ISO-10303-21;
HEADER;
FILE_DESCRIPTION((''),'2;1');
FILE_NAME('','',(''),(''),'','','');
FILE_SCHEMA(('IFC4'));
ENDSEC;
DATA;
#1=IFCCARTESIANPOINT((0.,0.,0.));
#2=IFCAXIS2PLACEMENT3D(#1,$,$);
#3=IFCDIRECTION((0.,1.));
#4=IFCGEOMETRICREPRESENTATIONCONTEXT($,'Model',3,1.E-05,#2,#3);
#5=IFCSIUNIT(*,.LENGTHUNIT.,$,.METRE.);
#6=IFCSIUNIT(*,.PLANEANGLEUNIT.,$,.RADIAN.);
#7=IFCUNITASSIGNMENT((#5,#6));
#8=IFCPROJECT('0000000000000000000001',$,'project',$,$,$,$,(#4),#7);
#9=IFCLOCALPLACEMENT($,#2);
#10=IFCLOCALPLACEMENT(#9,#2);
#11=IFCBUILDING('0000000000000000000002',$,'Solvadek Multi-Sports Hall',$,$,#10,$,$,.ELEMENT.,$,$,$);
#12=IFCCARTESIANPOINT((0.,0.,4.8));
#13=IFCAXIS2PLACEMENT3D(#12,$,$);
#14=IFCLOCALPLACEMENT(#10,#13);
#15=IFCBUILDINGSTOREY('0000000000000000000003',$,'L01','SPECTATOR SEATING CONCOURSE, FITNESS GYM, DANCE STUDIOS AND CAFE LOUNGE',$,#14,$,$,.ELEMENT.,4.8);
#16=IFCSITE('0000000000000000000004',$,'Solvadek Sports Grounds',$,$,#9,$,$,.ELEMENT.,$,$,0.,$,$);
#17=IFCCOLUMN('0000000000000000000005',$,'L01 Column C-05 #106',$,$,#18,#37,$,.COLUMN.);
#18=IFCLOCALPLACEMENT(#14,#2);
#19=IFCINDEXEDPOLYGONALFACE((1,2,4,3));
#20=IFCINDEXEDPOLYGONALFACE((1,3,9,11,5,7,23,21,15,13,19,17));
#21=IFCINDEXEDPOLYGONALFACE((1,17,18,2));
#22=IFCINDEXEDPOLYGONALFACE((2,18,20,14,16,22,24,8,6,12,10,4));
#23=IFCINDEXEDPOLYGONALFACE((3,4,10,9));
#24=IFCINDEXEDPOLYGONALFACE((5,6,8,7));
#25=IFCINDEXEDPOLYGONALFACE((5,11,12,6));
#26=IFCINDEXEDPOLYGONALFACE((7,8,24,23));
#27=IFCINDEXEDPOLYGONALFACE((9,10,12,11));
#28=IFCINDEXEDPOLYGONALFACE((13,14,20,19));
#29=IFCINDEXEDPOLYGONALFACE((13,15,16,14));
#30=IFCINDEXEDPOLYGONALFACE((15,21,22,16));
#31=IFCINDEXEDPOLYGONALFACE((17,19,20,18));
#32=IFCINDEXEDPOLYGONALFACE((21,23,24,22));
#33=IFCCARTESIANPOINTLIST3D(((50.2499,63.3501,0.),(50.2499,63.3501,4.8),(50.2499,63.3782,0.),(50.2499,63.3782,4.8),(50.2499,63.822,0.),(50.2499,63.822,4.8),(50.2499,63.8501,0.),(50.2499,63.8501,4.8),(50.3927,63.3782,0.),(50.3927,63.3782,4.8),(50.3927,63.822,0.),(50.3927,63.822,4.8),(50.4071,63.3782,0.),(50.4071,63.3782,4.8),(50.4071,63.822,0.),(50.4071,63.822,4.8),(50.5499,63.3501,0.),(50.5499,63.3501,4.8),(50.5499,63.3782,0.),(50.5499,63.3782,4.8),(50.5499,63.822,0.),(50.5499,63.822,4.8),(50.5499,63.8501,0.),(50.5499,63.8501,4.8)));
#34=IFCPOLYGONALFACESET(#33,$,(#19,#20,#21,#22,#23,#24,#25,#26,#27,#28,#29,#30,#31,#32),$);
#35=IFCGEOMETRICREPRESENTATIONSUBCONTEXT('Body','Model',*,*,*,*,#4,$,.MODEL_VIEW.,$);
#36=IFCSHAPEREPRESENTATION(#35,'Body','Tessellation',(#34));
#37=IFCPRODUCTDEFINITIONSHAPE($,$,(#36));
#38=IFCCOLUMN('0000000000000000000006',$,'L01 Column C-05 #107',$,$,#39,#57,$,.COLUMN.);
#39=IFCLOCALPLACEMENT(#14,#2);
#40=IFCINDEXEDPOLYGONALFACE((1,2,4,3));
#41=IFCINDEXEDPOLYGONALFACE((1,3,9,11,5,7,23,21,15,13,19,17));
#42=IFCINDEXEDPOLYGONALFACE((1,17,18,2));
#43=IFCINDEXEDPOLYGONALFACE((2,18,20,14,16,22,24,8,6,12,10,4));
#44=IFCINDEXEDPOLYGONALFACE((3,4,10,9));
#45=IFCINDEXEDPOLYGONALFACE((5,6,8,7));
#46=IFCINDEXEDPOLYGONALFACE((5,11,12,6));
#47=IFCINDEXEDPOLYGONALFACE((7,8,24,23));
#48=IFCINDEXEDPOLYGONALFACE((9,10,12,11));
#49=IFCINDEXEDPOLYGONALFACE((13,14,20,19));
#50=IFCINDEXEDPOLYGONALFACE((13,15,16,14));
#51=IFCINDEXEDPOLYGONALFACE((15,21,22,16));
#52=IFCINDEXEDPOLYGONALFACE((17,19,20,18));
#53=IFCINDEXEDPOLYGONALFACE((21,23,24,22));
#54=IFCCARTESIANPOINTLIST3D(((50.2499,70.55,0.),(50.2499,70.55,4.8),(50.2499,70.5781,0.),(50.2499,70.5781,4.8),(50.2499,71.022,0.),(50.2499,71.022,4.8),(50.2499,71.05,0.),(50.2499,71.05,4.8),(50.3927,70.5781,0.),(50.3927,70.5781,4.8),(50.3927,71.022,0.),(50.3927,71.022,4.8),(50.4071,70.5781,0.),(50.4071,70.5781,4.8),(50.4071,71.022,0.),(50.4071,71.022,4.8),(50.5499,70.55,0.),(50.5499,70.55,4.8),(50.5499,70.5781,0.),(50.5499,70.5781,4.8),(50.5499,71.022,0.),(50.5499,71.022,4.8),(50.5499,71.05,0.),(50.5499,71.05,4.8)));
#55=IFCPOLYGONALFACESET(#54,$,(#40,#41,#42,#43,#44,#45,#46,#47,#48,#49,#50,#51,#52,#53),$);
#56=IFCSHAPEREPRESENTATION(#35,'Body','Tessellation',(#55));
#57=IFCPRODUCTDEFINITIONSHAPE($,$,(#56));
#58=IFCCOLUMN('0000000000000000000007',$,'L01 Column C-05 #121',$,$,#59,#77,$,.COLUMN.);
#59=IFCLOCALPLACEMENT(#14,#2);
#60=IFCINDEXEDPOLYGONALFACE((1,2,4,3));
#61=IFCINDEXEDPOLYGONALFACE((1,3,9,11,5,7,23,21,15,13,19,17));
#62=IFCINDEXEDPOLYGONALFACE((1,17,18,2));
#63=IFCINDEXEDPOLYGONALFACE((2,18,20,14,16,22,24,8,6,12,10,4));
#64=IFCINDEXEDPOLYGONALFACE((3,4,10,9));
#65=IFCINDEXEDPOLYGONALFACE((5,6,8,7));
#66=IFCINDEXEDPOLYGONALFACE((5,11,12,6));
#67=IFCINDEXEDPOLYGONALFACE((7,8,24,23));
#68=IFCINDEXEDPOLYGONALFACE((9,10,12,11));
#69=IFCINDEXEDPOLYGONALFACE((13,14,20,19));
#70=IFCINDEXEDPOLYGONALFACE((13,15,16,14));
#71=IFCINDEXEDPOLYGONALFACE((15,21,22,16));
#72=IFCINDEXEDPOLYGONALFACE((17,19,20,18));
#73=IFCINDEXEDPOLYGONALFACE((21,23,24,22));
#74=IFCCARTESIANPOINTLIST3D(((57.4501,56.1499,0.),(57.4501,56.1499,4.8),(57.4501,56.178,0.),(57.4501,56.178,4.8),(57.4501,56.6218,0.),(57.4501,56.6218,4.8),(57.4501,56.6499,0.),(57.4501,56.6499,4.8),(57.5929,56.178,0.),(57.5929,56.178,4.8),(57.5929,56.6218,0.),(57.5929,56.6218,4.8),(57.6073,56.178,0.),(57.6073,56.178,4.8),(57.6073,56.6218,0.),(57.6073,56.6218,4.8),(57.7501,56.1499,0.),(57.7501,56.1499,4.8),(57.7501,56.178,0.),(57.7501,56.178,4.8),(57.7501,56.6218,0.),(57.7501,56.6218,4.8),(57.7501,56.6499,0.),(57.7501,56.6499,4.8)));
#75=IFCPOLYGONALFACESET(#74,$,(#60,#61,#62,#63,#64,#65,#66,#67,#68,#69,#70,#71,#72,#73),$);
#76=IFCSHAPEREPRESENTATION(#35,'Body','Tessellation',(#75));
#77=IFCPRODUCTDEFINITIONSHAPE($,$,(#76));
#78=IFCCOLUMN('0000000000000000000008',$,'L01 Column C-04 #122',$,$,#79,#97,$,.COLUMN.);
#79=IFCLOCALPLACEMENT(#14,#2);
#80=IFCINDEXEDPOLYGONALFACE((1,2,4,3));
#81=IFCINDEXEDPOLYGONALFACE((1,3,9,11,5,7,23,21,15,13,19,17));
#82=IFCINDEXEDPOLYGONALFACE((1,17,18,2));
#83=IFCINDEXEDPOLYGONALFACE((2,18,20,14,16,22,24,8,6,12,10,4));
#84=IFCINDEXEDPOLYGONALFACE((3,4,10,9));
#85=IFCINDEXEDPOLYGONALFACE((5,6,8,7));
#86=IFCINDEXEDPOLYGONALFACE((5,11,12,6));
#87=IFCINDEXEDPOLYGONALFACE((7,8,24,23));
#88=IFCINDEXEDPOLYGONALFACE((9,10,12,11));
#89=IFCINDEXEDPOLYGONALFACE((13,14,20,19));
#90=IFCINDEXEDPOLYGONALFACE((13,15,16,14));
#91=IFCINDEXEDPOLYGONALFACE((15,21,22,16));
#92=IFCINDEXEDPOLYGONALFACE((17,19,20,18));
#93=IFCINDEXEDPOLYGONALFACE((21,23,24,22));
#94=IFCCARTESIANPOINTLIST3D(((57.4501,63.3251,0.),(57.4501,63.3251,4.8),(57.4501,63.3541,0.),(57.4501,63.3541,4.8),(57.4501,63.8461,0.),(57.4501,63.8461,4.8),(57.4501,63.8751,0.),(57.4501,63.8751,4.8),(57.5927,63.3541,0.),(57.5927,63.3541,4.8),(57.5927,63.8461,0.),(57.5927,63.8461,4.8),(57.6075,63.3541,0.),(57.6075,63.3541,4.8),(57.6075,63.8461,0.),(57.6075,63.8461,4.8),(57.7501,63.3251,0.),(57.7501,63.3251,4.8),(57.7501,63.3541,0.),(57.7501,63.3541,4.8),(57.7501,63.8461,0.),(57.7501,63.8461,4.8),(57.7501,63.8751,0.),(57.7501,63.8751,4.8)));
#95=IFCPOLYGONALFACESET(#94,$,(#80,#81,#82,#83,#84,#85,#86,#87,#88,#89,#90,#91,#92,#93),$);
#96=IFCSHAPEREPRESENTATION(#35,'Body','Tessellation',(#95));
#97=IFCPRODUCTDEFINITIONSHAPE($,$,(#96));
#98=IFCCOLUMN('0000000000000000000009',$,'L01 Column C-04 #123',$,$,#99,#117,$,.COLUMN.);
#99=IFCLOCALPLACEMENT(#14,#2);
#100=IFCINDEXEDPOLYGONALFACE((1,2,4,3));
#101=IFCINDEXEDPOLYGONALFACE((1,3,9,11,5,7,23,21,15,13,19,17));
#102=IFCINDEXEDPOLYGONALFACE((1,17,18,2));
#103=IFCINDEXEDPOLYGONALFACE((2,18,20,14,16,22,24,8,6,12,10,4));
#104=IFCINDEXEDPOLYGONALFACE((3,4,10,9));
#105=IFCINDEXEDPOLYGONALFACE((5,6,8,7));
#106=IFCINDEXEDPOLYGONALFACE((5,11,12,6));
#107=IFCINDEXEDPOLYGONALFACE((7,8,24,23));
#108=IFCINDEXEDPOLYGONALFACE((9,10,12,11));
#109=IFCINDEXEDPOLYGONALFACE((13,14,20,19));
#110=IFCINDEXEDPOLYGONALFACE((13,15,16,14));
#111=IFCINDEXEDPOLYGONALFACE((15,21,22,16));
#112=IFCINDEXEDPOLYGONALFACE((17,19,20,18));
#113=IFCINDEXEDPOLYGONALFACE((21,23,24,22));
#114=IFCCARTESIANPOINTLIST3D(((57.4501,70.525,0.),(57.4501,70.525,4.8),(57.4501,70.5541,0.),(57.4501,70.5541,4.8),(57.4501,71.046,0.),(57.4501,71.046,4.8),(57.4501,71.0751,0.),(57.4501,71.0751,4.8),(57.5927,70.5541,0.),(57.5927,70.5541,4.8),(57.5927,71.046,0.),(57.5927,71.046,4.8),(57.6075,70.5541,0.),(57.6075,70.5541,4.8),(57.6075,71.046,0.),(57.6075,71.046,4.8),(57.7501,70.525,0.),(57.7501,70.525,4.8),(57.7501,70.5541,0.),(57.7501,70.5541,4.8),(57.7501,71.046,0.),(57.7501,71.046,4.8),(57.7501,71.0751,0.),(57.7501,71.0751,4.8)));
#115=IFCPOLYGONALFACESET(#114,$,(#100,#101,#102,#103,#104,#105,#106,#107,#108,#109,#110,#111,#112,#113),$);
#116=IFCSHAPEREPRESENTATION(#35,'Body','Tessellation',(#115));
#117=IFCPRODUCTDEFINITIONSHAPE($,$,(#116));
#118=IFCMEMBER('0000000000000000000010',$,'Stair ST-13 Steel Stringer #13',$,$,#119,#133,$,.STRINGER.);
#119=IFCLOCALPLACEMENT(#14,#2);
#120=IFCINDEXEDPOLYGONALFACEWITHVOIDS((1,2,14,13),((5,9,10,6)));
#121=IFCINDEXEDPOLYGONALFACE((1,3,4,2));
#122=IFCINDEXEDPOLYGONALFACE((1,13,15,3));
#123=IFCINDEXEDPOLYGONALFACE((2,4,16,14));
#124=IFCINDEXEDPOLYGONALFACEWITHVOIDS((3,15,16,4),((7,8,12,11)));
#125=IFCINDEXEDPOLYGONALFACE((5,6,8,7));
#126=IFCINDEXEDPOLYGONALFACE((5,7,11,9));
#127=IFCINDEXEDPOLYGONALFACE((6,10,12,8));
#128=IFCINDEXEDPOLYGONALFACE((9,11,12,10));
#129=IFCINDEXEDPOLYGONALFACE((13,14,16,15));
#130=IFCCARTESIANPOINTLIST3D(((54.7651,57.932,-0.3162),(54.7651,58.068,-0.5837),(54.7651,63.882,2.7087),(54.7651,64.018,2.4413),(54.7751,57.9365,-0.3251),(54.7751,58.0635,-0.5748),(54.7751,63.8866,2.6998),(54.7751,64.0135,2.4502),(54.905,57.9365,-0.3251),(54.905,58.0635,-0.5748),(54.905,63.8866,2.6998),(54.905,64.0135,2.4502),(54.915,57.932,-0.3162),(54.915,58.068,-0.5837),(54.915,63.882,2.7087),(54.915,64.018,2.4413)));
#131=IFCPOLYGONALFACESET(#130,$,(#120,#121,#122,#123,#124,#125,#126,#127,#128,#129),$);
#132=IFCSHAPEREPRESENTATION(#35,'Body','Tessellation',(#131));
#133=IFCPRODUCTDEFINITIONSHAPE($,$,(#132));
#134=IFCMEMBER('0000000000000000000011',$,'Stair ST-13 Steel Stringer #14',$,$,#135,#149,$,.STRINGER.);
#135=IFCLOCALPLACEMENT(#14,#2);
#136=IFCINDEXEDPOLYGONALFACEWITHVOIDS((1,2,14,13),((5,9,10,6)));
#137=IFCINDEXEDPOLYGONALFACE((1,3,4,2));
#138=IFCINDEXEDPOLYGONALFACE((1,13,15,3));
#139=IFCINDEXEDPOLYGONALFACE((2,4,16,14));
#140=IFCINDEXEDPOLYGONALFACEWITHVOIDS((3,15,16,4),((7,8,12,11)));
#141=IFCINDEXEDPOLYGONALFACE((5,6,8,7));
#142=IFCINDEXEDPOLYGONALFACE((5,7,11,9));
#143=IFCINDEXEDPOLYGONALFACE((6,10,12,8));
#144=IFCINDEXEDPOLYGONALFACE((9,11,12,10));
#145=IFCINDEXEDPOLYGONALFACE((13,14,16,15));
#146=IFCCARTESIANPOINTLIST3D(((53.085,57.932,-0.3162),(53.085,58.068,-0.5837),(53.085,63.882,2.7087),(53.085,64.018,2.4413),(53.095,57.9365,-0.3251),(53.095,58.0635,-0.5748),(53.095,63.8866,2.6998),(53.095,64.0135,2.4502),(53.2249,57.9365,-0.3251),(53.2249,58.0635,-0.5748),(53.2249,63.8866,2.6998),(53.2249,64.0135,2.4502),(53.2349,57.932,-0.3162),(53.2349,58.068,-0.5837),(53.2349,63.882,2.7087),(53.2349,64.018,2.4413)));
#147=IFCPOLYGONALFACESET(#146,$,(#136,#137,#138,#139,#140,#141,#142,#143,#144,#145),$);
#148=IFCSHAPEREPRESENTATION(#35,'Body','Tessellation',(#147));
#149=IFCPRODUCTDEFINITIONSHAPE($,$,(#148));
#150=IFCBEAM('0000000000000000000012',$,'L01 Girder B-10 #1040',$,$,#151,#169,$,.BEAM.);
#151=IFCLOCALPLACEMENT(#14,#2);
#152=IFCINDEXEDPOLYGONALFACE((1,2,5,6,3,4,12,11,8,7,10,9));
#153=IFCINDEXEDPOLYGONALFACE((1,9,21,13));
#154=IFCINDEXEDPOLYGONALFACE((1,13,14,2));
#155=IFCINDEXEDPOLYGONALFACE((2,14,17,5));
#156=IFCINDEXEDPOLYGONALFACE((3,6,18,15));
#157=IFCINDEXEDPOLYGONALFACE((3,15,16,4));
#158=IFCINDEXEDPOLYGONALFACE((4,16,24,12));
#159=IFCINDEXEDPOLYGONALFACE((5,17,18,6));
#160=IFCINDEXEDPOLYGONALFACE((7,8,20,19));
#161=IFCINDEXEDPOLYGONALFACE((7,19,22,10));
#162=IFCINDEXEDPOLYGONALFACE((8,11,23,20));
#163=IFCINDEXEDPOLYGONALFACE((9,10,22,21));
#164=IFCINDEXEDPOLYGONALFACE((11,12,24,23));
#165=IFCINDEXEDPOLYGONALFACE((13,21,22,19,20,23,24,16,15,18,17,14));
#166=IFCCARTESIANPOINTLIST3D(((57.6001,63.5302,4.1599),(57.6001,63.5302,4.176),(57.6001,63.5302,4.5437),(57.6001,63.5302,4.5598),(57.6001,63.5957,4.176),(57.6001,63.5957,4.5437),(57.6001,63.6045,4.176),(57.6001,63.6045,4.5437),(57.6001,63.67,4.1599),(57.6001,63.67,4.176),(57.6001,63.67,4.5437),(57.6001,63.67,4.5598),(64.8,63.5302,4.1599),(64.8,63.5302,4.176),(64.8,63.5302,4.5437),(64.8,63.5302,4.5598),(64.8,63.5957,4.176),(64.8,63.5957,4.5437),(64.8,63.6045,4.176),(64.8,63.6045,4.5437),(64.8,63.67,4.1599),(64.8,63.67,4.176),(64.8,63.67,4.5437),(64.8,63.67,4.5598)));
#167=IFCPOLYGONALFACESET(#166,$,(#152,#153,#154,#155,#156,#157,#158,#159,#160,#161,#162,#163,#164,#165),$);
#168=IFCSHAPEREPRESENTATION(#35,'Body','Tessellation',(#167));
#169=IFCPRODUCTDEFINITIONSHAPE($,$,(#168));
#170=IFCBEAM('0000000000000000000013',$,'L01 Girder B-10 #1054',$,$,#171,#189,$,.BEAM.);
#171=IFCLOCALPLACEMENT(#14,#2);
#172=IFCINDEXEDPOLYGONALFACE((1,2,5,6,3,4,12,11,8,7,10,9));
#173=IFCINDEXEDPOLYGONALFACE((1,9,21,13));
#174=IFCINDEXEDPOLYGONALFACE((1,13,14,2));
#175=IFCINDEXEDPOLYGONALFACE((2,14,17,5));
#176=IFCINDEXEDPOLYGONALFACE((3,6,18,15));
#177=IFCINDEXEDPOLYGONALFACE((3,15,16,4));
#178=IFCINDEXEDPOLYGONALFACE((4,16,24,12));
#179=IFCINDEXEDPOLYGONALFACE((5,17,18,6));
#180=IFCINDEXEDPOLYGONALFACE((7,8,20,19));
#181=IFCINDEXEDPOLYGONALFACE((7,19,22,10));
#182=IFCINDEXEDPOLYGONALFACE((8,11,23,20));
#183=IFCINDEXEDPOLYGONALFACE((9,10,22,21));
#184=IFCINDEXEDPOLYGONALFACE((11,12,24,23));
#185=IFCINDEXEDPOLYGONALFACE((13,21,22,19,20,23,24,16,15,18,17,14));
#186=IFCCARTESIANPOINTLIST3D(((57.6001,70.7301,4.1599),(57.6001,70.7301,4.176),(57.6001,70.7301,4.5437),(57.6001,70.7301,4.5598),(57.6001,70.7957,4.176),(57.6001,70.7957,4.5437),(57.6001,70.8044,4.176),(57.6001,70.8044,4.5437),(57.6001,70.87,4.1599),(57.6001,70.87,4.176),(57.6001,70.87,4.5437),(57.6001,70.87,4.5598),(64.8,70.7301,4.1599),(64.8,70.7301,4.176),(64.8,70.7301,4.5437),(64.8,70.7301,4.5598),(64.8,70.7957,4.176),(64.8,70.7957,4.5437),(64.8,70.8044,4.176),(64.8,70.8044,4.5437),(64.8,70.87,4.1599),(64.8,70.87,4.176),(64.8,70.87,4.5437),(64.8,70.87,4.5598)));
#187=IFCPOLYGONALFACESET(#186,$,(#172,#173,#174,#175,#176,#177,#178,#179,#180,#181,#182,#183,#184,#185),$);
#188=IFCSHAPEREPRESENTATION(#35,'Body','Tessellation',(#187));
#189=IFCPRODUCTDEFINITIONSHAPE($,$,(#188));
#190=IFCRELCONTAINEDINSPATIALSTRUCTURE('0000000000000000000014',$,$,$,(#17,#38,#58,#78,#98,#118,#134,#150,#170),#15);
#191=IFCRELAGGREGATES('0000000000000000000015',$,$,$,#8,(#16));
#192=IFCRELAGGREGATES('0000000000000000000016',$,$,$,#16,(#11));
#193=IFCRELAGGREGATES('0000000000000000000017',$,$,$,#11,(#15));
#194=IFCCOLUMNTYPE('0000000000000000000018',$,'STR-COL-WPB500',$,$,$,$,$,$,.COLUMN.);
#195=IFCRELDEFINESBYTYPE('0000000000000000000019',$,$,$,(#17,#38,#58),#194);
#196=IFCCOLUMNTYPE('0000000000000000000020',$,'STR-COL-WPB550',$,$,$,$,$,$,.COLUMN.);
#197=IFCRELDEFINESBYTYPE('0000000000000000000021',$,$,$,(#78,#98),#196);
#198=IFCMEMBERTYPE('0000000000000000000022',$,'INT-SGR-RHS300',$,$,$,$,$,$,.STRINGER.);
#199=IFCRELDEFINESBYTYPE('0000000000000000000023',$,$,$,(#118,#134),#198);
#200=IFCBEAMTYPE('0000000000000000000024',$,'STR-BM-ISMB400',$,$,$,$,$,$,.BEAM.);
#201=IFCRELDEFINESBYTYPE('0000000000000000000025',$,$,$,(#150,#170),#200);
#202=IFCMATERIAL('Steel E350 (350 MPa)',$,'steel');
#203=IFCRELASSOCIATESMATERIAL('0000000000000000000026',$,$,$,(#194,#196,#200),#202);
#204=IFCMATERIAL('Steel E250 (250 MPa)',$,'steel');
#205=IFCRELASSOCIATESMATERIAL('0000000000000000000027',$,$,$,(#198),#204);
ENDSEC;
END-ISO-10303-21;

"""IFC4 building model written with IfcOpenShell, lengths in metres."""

from ifc_helpers import new_model, si_unit, direction, frame, origin, origin_2d, place, context, subcontext, project, spatial, hollow_rectangle, i_section, extrude, material, material_profile, profile_set, type_object, element, save


model = new_model("IFC4")

# Units and contexts
model_context = context("Model", 3, precision=1e-05, world=origin(), true_north=direction((0.0, 1.0)))
body_context = subcontext(model_context, "Body", "Model", "MODEL_VIEW")
ifc_project = project(units=[si_unit("LENGTHUNIT", "METRE"), si_unit("PLANEANGLEUNIT", "RADIAN")], contexts=[model_context])

# Site, building, storey
site_placement = place(None, origin())
site = spatial("IfcSite", under=ifc_project, at=site_placement, Name="Solvadek Sports Grounds", CompositionType="ELEMENT", RefElevation=0.0)
building_placement = place(site_placement, origin())
building = spatial("IfcBuilding", under=site, at=building_placement, Name="Solvadek Multi-Sports Hall", CompositionType="ELEMENT")
storey_placement = place(building_placement, frame((0.0, 0.0, 4.8)))
storey = spatial("IfcBuildingStorey", under=building, at=storey_placement, Name="L01", Description="SPECTATOR SEATING CONCOURSE, FITNESS GYM, DANCE STUDIOS AND CAFE LOUNGE", CompositionType="ELEMENT", Elevation=4.8)

# Columns
ifc_material_1 = material(Name="Steel E350 (350 MPa)", Category="steel")
ifc_material_profile_1 = material_profile(ifc_material_1, i_section(OverallWidth=0.3, OverallDepth=0.5, WebThickness=0.0144, FlangeThickness=0.0281, at=origin_2d()), Name="WPB 500")
ifc_profile_set_1 = profile_set([ifc_material_profile_1], Name="Steel E350 (350 MPa)")
column_type_1 = type_object("IfcColumnType", Name="STR-COL-WPB500", PredefinedType="COLUMN", material=ifc_profile_set_1)
for number, where, z_axis, x_axis, name in (
    (1, (50.3999, 63.6001, 0.0), (0.0, 0.0, 1.0), (1.0, 0.0, 0.0), "L01 Column C-05 #106"),
    (2, (50.3999, 70.8, 0.0), (0.0, 0.0, 1.0), (1.0, 0.0, 0.0), "L01 Column C-05 #107"),
    (3, (57.6001, 56.3999, 0.0), (0.0, 0.0, 1.0), (1.0, 0.0, 0.0), "L01 Column C-05 #121"),
):
    element("IfcColumn", number, at=place(storey_placement, frame(where, z_axis=z_axis, x_axis=x_axis)), inside=storey, type_object=column_type_1, Name=name, PredefinedType="COLUMN", context=body_context, shape_type="SweptSolid", body=[
        extrude(i_section(OverallWidth=0.3, OverallDepth=0.5, WebThickness=0.0144, FlangeThickness=0.0281, at=origin_2d()), origin(), (0.0, 0.0, 1.0), 4.8),
    ])
ifc_material_profile_2 = material_profile(ifc_material_1, i_section(OverallWidth=0.3, OverallDepth=0.55, WebThickness=0.0149, FlangeThickness=0.0291, at=origin_2d()), Name="WPB 550")
ifc_profile_set_2 = profile_set([ifc_material_profile_2], Name="Steel E350 (350 MPa)")
column_type_2 = type_object("IfcColumnType", Name="STR-COL-WPB550", PredefinedType="COLUMN", material=ifc_profile_set_2)
for number, where, z_axis, x_axis, name in (
    (4, (57.6001, 63.6001, 0.0), (0.0, 0.0, 1.0), (1.0, 0.0, 0.0), "L01 Column C-04 #122"),
    (5, (57.6001, 70.8, 0.0), (0.0, 0.0, 1.0), (1.0, 0.0, 0.0), "L01 Column C-04 #123"),
):
    element("IfcColumn", number, at=place(storey_placement, frame(where, z_axis=z_axis, x_axis=x_axis)), inside=storey, type_object=column_type_2, Name=name, PredefinedType="COLUMN", context=body_context, shape_type="SweptSolid", body=[
        extrude(i_section(OverallWidth=0.3, OverallDepth=0.55, WebThickness=0.0149, FlangeThickness=0.0291, at=origin_2d()), origin(), (0.0, 0.0, 1.0), 4.8),
    ])

# Members
ifc_material_2 = material(Name="Steel E250 (250 MPa)", Category="steel")
ifc_material_profile_3 = material_profile(ifc_material_2, hollow_rectangle(XDim=0.1499, YDim=0.3, WallThickness=0.01, at=origin_2d()), Name="RHS 300x150x10")
ifc_profile_set_3 = profile_set([ifc_material_profile_3], Name="Steel E250 (250 MPa)")
member_type = type_object("IfcMemberType", Name="INT-SGR-RHS300", PredefinedType="STRINGER", material=ifc_profile_set_3)
for number, where, z_axis, x_axis, name in (
    (6, (54.8401, 58.0, -0.45), (0.0, 0.891415, 0.453188), (-1.0, 0.0, 0.0), "Stair ST-13 Steel Stringer #13"),
    (7, (53.1599, 58.0, -0.45), (0.0, 0.891415, 0.453188), (-1.0, 0.0, 0.0), "Stair ST-13 Steel Stringer #14"),
):
    element("IfcMember", number, at=place(storey_placement, frame(where, z_axis=z_axis, x_axis=x_axis)), inside=storey, type_object=member_type, Name=name, PredefinedType="STRINGER", context=body_context, shape_type="SweptSolid", body=[
        extrude(hollow_rectangle(XDim=0.1499, YDim=0.3, WallThickness=0.01, at=origin_2d()), origin(), (0.0, 0.0, 1.0), 6.6748),
    ])

# Beams
ifc_material_profile_4 = material_profile(ifc_material_1, i_section(OverallWidth=0.1399, OverallDepth=0.3999, WebThickness=0.0088, FlangeThickness=0.0161, at=origin_2d()), Name="ISMB 400")
ifc_profile_set_4 = profile_set([ifc_material_profile_4], Name="Steel E350 (350 MPa)")
beam_type_1 = type_object("IfcBeamType", Name="STR-BM-ISMB400", PredefinedType="BEAM", material=ifc_profile_set_4)
for number, where, z_axis, x_axis, name in (
    (8, (57.6001, 63.6001, 4.3599), (1.0, 0.0, 0.0), (0.0, 1.0, 0.0), "L01 Girder B-10 #1040"),
    (9, (57.6001, 70.8, 4.3599), (1.0, 0.0, 0.0), (0.0, 1.0, 0.0), "L01 Girder B-10 #1054"),
):
    element("IfcBeam", number, at=place(storey_placement, frame(where, z_axis=z_axis, x_axis=x_axis)), inside=storey, type_object=beam_type_1, Name=name, PredefinedType="BEAM", context=body_context, shape_type="SweptSolid", body=[
        extrude(i_section(OverallWidth=0.1399, OverallDepth=0.3999, WebThickness=0.0088, FlangeThickness=0.0161, at=origin_2d()), origin(), (0.0, 0.0, 1.0), 7.2),
    ])

save(model, "model.ifc")
